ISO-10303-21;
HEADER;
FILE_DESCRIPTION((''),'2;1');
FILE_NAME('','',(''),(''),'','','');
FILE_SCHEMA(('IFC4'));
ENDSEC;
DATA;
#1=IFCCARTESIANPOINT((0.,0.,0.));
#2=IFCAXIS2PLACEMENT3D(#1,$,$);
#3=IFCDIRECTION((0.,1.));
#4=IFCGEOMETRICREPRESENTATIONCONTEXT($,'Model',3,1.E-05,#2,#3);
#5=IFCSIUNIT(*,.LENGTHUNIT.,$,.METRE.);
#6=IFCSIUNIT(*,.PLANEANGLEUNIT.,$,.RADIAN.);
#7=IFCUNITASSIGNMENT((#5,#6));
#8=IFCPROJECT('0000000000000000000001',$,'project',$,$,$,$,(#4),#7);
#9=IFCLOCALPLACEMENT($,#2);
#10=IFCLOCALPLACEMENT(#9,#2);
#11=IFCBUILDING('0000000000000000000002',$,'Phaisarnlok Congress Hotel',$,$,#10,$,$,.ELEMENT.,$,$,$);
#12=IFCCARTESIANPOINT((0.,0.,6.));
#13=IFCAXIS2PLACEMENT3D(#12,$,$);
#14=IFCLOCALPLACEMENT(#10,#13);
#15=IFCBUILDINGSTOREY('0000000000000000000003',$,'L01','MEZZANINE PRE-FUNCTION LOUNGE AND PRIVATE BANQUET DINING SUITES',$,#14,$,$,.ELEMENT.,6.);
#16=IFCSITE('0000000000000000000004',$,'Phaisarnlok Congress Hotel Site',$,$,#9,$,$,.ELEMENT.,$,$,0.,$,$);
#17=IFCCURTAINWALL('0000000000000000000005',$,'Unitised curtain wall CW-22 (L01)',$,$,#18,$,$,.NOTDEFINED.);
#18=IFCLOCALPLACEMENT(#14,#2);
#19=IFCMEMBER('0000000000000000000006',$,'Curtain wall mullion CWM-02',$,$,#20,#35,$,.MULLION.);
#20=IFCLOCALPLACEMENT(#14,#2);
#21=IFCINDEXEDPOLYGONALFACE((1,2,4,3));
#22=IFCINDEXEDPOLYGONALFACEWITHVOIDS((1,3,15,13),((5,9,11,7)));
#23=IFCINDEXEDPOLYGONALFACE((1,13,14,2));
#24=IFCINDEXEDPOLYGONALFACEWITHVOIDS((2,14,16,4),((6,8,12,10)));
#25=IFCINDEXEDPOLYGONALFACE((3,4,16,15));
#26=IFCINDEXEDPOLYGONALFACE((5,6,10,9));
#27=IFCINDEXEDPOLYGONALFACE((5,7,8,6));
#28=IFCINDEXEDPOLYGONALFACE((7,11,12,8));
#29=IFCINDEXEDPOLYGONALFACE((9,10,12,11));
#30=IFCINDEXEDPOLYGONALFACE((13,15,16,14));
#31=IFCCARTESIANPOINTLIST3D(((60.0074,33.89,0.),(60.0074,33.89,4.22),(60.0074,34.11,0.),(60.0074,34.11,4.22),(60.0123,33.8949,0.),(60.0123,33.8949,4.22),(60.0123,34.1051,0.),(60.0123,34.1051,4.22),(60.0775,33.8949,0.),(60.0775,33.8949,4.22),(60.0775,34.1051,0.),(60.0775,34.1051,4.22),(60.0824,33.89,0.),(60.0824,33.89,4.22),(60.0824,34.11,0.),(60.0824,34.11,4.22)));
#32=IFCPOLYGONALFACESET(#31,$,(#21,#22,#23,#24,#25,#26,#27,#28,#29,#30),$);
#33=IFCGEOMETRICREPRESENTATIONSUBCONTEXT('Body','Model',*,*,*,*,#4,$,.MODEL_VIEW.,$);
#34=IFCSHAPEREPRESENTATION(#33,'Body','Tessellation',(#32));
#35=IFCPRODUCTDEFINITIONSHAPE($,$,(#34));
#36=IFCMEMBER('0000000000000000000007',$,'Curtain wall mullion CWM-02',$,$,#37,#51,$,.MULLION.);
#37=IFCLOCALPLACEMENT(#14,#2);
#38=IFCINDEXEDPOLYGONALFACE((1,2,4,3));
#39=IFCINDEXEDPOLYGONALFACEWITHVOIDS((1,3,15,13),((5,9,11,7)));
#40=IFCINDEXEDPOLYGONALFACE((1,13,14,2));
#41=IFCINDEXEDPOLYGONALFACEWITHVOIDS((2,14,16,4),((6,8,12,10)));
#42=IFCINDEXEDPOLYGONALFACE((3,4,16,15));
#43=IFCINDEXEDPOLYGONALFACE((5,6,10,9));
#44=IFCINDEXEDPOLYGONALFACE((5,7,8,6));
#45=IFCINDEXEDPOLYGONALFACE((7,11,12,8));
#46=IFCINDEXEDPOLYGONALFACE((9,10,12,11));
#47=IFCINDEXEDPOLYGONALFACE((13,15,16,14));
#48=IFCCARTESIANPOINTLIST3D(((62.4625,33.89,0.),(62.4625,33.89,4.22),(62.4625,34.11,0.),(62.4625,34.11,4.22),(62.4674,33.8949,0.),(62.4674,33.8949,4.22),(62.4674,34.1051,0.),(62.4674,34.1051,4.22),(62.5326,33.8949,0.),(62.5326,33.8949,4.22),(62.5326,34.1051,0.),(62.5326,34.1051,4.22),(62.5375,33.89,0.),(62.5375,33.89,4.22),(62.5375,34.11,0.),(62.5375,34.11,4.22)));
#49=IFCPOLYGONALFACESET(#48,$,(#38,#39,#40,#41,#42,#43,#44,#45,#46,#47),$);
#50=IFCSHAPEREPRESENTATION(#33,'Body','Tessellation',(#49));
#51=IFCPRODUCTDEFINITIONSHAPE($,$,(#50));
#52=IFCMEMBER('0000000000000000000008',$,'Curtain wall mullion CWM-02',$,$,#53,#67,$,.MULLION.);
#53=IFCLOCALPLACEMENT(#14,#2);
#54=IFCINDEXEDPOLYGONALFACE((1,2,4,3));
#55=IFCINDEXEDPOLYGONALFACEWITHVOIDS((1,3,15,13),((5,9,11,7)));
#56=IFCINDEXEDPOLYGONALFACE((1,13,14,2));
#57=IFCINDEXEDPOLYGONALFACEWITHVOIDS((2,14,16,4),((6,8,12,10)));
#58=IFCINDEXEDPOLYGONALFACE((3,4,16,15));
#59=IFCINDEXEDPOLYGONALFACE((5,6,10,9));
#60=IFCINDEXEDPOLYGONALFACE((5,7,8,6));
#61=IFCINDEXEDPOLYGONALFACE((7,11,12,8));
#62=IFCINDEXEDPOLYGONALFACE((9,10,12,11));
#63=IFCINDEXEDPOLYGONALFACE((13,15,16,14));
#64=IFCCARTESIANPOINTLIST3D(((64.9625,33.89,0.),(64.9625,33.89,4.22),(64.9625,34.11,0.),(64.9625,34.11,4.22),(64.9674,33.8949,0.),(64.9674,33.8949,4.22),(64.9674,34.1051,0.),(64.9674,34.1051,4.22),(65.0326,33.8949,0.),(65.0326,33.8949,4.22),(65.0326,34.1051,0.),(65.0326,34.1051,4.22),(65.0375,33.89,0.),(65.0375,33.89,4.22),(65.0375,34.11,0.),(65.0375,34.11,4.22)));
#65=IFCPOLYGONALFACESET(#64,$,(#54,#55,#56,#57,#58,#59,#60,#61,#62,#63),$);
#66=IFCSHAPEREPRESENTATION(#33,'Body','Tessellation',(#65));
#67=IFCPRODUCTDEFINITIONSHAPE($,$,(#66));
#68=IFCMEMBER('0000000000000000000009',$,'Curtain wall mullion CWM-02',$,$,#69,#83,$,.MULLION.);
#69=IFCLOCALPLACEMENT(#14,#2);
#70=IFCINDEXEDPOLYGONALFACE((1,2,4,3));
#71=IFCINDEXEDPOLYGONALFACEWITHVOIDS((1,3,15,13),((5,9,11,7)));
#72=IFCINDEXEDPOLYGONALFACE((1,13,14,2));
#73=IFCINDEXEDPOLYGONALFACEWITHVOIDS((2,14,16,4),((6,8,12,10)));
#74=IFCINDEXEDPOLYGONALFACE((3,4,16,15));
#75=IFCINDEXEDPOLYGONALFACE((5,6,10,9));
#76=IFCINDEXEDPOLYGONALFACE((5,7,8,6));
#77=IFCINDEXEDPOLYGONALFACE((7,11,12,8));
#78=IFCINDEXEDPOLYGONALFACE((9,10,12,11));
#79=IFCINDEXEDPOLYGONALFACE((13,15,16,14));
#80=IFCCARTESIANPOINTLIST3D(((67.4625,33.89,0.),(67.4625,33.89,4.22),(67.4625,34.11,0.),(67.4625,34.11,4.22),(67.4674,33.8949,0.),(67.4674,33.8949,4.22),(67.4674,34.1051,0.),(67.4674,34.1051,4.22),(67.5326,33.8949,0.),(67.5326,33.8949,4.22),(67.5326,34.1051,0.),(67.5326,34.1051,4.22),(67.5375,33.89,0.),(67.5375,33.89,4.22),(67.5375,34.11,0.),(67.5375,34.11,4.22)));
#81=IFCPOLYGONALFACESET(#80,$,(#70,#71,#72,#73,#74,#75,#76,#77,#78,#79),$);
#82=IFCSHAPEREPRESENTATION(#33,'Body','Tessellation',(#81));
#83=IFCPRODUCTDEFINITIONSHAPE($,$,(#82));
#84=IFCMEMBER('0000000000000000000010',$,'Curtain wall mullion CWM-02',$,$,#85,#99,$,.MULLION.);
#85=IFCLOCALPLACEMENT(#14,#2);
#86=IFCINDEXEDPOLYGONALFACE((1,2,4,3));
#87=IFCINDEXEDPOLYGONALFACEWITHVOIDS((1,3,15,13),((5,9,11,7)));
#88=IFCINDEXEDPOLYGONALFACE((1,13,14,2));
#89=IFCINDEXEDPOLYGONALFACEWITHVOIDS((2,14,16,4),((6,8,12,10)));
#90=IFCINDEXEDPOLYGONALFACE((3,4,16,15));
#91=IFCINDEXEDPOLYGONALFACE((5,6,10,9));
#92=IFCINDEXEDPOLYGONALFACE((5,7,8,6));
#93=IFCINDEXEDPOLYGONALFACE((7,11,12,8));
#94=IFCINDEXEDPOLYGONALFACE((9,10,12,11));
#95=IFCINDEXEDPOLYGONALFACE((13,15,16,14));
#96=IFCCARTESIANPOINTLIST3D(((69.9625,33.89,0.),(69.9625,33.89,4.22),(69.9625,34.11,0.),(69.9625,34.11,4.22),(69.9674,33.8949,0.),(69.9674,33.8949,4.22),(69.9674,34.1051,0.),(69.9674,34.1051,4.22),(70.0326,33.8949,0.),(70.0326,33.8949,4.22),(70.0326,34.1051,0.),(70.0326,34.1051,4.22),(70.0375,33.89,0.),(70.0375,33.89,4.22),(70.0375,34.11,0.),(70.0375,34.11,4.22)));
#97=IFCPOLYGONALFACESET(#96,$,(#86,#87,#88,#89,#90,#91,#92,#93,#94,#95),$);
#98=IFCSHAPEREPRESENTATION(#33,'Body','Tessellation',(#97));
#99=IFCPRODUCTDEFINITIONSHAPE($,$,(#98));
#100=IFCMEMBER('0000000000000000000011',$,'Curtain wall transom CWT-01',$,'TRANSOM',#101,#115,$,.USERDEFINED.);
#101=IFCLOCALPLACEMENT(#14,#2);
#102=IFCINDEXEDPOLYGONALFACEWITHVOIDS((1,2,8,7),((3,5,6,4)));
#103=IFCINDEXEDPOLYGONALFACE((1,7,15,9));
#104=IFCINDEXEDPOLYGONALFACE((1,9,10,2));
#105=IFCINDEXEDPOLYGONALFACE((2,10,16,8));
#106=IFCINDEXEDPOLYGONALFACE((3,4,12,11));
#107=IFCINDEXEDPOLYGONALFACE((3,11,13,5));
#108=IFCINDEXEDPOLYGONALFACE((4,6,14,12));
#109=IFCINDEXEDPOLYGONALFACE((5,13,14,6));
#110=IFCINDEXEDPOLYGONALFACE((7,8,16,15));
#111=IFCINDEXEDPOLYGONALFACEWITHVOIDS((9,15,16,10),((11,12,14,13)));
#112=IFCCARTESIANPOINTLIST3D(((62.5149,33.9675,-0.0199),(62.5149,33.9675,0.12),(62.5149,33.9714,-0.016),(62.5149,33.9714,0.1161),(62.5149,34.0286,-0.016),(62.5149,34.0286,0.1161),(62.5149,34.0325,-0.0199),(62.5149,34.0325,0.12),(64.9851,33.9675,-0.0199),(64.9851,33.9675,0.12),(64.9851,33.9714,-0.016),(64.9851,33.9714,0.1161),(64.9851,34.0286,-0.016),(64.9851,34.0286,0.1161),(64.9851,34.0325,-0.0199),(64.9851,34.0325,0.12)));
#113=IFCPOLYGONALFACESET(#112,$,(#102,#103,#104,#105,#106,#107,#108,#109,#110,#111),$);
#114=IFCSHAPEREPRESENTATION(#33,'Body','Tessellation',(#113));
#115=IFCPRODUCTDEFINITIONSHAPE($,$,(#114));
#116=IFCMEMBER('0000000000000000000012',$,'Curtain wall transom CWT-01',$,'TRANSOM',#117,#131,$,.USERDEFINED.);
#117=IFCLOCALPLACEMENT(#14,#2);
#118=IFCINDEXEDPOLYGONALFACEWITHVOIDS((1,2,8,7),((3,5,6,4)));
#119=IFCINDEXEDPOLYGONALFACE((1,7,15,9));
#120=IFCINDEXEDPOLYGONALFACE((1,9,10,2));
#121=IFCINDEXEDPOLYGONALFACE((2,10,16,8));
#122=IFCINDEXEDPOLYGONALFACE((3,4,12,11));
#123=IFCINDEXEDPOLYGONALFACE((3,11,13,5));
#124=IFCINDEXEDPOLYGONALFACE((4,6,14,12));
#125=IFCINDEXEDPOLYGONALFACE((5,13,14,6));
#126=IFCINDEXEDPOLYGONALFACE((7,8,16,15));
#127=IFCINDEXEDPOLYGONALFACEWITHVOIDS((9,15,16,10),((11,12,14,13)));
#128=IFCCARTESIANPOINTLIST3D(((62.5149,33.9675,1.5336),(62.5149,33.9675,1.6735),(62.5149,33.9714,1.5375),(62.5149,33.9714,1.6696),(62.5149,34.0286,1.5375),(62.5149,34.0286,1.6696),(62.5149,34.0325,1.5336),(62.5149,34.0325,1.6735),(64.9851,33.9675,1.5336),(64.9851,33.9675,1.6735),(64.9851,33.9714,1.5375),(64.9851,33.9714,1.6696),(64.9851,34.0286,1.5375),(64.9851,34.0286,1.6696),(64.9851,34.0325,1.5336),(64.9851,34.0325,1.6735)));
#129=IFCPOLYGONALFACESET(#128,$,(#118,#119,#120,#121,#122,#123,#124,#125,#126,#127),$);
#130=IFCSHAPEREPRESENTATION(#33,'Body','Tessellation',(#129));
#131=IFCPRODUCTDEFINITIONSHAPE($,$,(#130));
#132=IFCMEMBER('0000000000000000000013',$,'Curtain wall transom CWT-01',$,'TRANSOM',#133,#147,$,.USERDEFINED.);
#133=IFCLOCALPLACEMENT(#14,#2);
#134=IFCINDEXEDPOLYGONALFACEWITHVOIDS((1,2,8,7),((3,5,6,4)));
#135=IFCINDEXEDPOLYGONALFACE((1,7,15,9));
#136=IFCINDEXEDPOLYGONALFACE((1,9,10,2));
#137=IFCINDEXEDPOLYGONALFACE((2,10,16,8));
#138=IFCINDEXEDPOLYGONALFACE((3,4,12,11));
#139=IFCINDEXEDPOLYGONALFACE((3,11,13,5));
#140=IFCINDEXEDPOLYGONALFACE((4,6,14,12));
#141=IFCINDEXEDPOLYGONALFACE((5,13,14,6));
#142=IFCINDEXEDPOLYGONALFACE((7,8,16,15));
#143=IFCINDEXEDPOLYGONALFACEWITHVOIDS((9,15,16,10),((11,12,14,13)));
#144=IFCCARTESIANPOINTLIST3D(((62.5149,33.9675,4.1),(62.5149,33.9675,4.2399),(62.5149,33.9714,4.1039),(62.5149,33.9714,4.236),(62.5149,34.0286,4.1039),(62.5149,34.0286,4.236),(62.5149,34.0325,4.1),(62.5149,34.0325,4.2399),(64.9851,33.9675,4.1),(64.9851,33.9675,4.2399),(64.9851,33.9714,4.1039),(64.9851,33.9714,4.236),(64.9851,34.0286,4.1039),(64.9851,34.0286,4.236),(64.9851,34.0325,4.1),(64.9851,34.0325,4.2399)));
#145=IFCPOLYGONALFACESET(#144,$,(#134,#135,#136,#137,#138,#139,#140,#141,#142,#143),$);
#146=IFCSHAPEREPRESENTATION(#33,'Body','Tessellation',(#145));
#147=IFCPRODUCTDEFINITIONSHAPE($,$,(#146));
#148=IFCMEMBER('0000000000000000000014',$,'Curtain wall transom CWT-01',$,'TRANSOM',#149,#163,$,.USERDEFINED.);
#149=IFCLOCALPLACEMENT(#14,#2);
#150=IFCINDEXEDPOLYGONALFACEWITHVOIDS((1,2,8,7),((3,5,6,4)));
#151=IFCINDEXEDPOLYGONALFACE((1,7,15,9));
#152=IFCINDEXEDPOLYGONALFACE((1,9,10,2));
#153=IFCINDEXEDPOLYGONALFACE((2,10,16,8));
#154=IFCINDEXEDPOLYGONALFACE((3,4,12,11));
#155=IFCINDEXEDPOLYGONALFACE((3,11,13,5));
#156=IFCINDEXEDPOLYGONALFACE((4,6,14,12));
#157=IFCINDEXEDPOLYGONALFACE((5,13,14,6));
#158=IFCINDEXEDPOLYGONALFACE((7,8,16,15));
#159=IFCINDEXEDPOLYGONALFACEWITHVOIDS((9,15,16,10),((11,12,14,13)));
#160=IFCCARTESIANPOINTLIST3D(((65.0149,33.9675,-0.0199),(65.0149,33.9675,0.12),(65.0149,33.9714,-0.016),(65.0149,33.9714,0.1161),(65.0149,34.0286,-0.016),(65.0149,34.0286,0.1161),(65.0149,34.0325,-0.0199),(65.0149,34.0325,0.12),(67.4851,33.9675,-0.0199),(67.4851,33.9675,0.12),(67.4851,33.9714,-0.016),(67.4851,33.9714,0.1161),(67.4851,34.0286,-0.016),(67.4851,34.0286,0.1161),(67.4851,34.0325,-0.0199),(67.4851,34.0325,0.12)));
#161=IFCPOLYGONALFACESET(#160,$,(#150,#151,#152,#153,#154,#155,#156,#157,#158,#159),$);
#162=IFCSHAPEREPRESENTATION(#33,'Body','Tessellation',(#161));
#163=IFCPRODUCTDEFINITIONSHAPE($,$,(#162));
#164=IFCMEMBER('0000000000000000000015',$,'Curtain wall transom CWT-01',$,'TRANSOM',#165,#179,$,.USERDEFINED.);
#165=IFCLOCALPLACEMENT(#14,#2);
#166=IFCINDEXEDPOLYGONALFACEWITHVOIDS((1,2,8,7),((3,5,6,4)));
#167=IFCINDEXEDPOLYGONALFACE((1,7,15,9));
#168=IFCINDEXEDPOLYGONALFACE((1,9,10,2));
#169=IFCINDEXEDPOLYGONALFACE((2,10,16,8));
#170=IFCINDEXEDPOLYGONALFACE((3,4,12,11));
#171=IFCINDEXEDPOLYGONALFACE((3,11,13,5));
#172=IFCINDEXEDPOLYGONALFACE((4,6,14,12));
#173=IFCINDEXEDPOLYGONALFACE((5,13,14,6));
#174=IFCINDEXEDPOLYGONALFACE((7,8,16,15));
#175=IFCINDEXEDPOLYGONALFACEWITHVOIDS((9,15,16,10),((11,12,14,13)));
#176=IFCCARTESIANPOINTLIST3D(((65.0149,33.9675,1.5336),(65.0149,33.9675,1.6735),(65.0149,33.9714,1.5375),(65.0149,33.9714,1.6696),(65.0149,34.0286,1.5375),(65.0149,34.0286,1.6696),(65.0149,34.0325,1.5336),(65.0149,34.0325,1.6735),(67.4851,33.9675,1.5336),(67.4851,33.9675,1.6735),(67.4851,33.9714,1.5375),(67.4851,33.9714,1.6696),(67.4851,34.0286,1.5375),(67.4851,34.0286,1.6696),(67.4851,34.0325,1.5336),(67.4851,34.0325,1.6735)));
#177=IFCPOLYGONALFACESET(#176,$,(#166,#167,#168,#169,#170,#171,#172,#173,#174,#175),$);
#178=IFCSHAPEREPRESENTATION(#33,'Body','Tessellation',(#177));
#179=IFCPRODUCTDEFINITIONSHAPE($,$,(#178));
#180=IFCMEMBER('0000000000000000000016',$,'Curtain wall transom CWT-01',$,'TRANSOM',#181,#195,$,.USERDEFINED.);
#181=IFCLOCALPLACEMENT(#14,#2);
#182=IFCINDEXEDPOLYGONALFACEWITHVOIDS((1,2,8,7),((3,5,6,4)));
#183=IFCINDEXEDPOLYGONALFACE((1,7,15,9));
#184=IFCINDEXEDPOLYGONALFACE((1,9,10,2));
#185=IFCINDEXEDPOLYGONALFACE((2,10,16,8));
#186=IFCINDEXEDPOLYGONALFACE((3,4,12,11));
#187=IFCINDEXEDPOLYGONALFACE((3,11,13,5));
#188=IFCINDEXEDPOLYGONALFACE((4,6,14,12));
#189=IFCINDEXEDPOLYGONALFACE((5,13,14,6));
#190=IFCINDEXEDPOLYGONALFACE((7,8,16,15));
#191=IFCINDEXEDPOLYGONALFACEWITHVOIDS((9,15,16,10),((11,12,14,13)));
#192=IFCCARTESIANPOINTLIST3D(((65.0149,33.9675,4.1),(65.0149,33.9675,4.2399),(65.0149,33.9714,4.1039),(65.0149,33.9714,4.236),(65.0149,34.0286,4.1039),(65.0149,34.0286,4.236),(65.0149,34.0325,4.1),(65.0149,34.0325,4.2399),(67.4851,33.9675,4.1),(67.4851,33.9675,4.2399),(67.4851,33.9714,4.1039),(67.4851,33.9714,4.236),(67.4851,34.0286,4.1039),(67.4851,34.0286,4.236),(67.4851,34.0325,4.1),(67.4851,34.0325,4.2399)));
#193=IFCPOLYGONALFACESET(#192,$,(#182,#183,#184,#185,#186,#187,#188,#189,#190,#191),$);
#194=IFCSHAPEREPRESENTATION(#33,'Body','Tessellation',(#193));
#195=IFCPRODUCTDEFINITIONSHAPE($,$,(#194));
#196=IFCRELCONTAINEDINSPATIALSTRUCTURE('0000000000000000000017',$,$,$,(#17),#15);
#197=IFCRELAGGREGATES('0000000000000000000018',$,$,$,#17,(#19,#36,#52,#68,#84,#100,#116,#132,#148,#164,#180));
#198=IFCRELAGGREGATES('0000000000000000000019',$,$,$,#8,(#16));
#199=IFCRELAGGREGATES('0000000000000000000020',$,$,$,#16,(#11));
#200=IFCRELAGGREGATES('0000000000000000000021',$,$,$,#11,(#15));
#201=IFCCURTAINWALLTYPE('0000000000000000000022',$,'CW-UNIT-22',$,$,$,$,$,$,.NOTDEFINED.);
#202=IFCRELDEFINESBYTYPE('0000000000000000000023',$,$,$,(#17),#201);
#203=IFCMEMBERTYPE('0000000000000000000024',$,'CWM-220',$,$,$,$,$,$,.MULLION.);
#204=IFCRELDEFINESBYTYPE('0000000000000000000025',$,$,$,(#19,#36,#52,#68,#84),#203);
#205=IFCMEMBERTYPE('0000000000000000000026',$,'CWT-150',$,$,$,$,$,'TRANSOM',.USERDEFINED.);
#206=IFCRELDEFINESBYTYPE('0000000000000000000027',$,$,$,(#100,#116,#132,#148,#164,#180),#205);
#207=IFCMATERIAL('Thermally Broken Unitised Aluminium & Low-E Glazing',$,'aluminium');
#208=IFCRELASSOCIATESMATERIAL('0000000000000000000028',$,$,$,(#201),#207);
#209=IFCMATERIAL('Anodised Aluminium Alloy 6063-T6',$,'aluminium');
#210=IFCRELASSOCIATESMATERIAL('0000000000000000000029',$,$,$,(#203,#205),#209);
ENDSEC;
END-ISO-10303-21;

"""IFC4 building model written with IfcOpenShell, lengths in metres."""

from ifc_helpers import new_model, si_unit, direction, frame, origin, origin_2d, place, context, subcontext, project, spatial, hollow_rectangle, extrude, material, material_profile, profile_set, type_object, element, aggregate, save


model = new_model("IFC4")

# Units and contexts
model_context = context("Model", 3, precision=1e-05, world=origin(), true_north=direction((0.0, 1.0)))
body_context = subcontext(model_context, "Body", "Model", "MODEL_VIEW")
ifc_project = project(units=[si_unit("LENGTHUNIT", "METRE"), si_unit("PLANEANGLEUNIT", "RADIAN")], contexts=[model_context])

# Site, building, storey
site_placement = place(None, origin())
site = spatial("IfcSite", under=ifc_project, at=site_placement, Name="Phaisarnlok Congress Hotel Site", CompositionType="ELEMENT", RefElevation=0.0)
building_placement = place(site_placement, origin())
building = spatial("IfcBuilding", under=site, at=building_placement, Name="Phaisarnlok Congress Hotel", CompositionType="ELEMENT")
storey_placement = place(building_placement, frame((0.0, 0.0, 6.0)))
storey = spatial("IfcBuildingStorey", under=building, at=storey_placement, Name="L01", Description="MEZZANINE PRE-FUNCTION LOUNGE AND PRIVATE BANQUET DINING SUITES", CompositionType="ELEMENT", Elevation=6.0)

# Curtain wall, members
ifc_material_1 = material(Name="Thermally Broken Unitised Aluminium & Low-E Glazing", Category="aluminium")
curtain_wall_type = type_object("IfcCurtainWallType", Name="CW-UNIT-22", PredefinedType="NOTDEFINED", material=ifc_material_1)
curtain_wall_placement = place(storey_placement, origin())
curtain_wall = element("IfcCurtainWall", 1, at=curtain_wall_placement, inside=storey, type_object=curtain_wall_type, Name="Unitised curtain wall CW-22 (L01)", PredefinedType="NOTDEFINED")
ifc_material_2 = material(Name="Anodised Aluminium Alloy 6063-T6", Category="aluminium")
ifc_material_profile_1 = material_profile(ifc_material_2, hollow_rectangle(XDim=0.075, YDim=0.22, WallThickness=0.0049, at=origin_2d()), Name="ALU-M 75x220x5")
ifc_profile_set_1 = profile_set([ifc_material_profile_1], Name="Anodised Aluminium Alloy 6063-T6")
member_type_1 = type_object("IfcMemberType", Name="CWM-220", PredefinedType="MULLION", material=ifc_profile_set_1)
member_1_placement = place(storey_placement, frame((60.0449, 34.0, 0.0), z_axis=(0.0, 0.0, 1.0), x_axis=(1.0, 0.0, 0.0)))
member_1 = element("IfcMember", 2, at=member_1_placement, type_object=member_type_1, Name="Curtain wall mullion CWM-02", PredefinedType="MULLION", context=body_context, shape_type="SweptSolid", body=[
    extrude(hollow_rectangle(XDim=0.075, YDim=0.22, WallThickness=0.0049, at=origin_2d()), origin(), (0.0, 0.0, 1.0), 4.22),
])
member_2_placement = place(storey_placement, frame((62.5, 34.0, 0.0), z_axis=(0.0, 0.0, 1.0), x_axis=(1.0, 0.0, 0.0)))
member_2 = element("IfcMember", 3, at=member_2_placement, type_object=member_type_1, Name="Curtain wall mullion CWM-02", PredefinedType="MULLION", context=body_context, shape_type="SweptSolid", body=[
    extrude(hollow_rectangle(XDim=0.075, YDim=0.22, WallThickness=0.0049, at=origin_2d()), origin(), (0.0, 0.0, 1.0), 4.22),
])
member_3_placement = place(storey_placement, frame((65.0, 34.0, 0.0), z_axis=(0.0, 0.0, 1.0), x_axis=(1.0, 0.0, 0.0)))
member_3 = element("IfcMember", 4, at=member_3_placement, type_object=member_type_1, Name="Curtain wall mullion CWM-02", PredefinedType="MULLION", context=body_context, shape_type="SweptSolid", body=[
    extrude(hollow_rectangle(XDim=0.075, YDim=0.22, WallThickness=0.0049, at=origin_2d()), origin(), (0.0, 0.0, 1.0), 4.22),
])
member_4_placement = place(storey_placement, frame((67.5, 34.0, 0.0), z_axis=(0.0, 0.0, 1.0), x_axis=(1.0, 0.0, 0.0)))
member_4 = element("IfcMember", 5, at=member_4_placement, type_object=member_type_1, Name="Curtain wall mullion CWM-02", PredefinedType="MULLION", context=body_context, shape_type="SweptSolid", body=[
    extrude(hollow_rectangle(XDim=0.075, YDim=0.22, WallThickness=0.0049, at=origin_2d()), origin(), (0.0, 0.0, 1.0), 4.22),
])
member_5_placement = place(storey_placement, frame((70.0, 34.0, 0.0), z_axis=(0.0, 0.0, 1.0), x_axis=(1.0, 0.0, 0.0)))
member_5 = element("IfcMember", 6, at=member_5_placement, type_object=member_type_1, Name="Curtain wall mullion CWM-02", PredefinedType="MULLION", context=body_context, shape_type="SweptSolid", body=[
    extrude(hollow_rectangle(XDim=0.075, YDim=0.22, WallThickness=0.0049, at=origin_2d()), origin(), (0.0, 0.0, 1.0), 4.22),
])
ifc_material_profile_2 = material_profile(ifc_material_2, hollow_rectangle(XDim=0.0649, YDim=0.1399, WallThickness=0.0039, at=origin_2d()), Name="ALU-T 65x140x4")
ifc_profile_set_2 = profile_set([ifc_material_profile_2], Name="Anodised Aluminium Alloy 6063-T6")
member_type_2 = type_object("IfcMemberType", Name="CWT-150", ElementType="TRANSOM", PredefinedType="USERDEFINED", material=ifc_profile_set_2)
member_6_placement = place(storey_placement, frame((62.5149, 34.0, 0.05), z_axis=(1.0, 0.0, 0.0), x_axis=(0.0, 1.0, 0.0)))
member_6 = element("IfcMember", 7, at=member_6_placement, type_object=member_type_2, Name="Curtain wall transom CWT-01", ObjectType="TRANSOM", PredefinedType="USERDEFINED", context=body_context, shape_type="SweptSolid", body=[
    extrude(hollow_rectangle(XDim=0.0649, YDim=0.1399, WallThickness=0.0039, at=origin_2d()), origin(), (0.0, 0.0, 1.0), 2.4702),
])
member_7_placement = place(storey_placement, frame((62.5149, 34.0, 1.6035), z_axis=(1.0, 0.0, 0.0), x_axis=(0.0, 1.0, 0.0)))
member_7 = element("IfcMember", 8, at=member_7_placement, type_object=member_type_2, Name="Curtain wall transom CWT-01", ObjectType="TRANSOM", PredefinedType="USERDEFINED", context=body_context, shape_type="SweptSolid", body=[
    extrude(hollow_rectangle(XDim=0.0649, YDim=0.1399, WallThickness=0.0039, at=origin_2d()), origin(), (0.0, 0.0, 1.0), 2.4702),
])
member_8_placement = place(storey_placement, frame((62.5149, 34.0, 4.1699), z_axis=(1.0, 0.0, 0.0), x_axis=(0.0, 1.0, 0.0)))
member_8 = element("IfcMember", 9, at=member_8_placement, type_object=member_type_2, Name="Curtain wall transom CWT-01", ObjectType="TRANSOM", PredefinedType="USERDEFINED", context=body_context, shape_type="SweptSolid", body=[
    extrude(hollow_rectangle(XDim=0.0649, YDim=0.1399, WallThickness=0.0039, at=origin_2d()), origin(), (0.0, 0.0, 1.0), 2.4702),
])
member_9_placement = place(storey_placement, frame((65.0149, 34.0, 0.05), z_axis=(1.0, 0.0, 0.0), x_axis=(0.0, 1.0, 0.0)))
member_9 = element("IfcMember", 10, at=member_9_placement, type_object=member_type_2, Name="Curtain wall transom CWT-01", ObjectType="TRANSOM", PredefinedType="USERDEFINED", context=body_context, shape_type="SweptSolid", body=[
    extrude(hollow_rectangle(XDim=0.0649, YDim=0.1399, WallThickness=0.0039, at=origin_2d()), origin(), (0.0, 0.0, 1.0), 2.4702),
])
member_10_placement = place(storey_placement, frame((65.0149, 34.0, 1.6035), z_axis=(1.0, 0.0, 0.0), x_axis=(0.0, 1.0, 0.0)))
member_10 = element("IfcMember", 11, at=member_10_placement, type_object=member_type_2, Name="Curtain wall transom CWT-01", ObjectType="TRANSOM", PredefinedType="USERDEFINED", context=body_context, shape_type="SweptSolid", body=[
    extrude(hollow_rectangle(XDim=0.0649, YDim=0.1399, WallThickness=0.0039, at=origin_2d()), origin(), (0.0, 0.0, 1.0), 2.4702),
])
member_11_placement = place(storey_placement, frame((65.0149, 34.0, 4.1699), z_axis=(1.0, 0.0, 0.0), x_axis=(0.0, 1.0, 0.0)))
member_11 = element("IfcMember", 12, at=member_11_placement, type_object=member_type_2, Name="Curtain wall transom CWT-01", ObjectType="TRANSOM", PredefinedType="USERDEFINED", context=body_context, shape_type="SweptSolid", body=[
    extrude(hollow_rectangle(XDim=0.0649, YDim=0.1399, WallThickness=0.0039, at=origin_2d()), origin(), (0.0, 0.0, 1.0), 2.4702),
])
aggregate(curtain_wall, [member_1, member_2, member_3, member_4, member_5, member_6, member_7, member_8, member_9, member_10, member_11])

save(model, "model.ifc")
